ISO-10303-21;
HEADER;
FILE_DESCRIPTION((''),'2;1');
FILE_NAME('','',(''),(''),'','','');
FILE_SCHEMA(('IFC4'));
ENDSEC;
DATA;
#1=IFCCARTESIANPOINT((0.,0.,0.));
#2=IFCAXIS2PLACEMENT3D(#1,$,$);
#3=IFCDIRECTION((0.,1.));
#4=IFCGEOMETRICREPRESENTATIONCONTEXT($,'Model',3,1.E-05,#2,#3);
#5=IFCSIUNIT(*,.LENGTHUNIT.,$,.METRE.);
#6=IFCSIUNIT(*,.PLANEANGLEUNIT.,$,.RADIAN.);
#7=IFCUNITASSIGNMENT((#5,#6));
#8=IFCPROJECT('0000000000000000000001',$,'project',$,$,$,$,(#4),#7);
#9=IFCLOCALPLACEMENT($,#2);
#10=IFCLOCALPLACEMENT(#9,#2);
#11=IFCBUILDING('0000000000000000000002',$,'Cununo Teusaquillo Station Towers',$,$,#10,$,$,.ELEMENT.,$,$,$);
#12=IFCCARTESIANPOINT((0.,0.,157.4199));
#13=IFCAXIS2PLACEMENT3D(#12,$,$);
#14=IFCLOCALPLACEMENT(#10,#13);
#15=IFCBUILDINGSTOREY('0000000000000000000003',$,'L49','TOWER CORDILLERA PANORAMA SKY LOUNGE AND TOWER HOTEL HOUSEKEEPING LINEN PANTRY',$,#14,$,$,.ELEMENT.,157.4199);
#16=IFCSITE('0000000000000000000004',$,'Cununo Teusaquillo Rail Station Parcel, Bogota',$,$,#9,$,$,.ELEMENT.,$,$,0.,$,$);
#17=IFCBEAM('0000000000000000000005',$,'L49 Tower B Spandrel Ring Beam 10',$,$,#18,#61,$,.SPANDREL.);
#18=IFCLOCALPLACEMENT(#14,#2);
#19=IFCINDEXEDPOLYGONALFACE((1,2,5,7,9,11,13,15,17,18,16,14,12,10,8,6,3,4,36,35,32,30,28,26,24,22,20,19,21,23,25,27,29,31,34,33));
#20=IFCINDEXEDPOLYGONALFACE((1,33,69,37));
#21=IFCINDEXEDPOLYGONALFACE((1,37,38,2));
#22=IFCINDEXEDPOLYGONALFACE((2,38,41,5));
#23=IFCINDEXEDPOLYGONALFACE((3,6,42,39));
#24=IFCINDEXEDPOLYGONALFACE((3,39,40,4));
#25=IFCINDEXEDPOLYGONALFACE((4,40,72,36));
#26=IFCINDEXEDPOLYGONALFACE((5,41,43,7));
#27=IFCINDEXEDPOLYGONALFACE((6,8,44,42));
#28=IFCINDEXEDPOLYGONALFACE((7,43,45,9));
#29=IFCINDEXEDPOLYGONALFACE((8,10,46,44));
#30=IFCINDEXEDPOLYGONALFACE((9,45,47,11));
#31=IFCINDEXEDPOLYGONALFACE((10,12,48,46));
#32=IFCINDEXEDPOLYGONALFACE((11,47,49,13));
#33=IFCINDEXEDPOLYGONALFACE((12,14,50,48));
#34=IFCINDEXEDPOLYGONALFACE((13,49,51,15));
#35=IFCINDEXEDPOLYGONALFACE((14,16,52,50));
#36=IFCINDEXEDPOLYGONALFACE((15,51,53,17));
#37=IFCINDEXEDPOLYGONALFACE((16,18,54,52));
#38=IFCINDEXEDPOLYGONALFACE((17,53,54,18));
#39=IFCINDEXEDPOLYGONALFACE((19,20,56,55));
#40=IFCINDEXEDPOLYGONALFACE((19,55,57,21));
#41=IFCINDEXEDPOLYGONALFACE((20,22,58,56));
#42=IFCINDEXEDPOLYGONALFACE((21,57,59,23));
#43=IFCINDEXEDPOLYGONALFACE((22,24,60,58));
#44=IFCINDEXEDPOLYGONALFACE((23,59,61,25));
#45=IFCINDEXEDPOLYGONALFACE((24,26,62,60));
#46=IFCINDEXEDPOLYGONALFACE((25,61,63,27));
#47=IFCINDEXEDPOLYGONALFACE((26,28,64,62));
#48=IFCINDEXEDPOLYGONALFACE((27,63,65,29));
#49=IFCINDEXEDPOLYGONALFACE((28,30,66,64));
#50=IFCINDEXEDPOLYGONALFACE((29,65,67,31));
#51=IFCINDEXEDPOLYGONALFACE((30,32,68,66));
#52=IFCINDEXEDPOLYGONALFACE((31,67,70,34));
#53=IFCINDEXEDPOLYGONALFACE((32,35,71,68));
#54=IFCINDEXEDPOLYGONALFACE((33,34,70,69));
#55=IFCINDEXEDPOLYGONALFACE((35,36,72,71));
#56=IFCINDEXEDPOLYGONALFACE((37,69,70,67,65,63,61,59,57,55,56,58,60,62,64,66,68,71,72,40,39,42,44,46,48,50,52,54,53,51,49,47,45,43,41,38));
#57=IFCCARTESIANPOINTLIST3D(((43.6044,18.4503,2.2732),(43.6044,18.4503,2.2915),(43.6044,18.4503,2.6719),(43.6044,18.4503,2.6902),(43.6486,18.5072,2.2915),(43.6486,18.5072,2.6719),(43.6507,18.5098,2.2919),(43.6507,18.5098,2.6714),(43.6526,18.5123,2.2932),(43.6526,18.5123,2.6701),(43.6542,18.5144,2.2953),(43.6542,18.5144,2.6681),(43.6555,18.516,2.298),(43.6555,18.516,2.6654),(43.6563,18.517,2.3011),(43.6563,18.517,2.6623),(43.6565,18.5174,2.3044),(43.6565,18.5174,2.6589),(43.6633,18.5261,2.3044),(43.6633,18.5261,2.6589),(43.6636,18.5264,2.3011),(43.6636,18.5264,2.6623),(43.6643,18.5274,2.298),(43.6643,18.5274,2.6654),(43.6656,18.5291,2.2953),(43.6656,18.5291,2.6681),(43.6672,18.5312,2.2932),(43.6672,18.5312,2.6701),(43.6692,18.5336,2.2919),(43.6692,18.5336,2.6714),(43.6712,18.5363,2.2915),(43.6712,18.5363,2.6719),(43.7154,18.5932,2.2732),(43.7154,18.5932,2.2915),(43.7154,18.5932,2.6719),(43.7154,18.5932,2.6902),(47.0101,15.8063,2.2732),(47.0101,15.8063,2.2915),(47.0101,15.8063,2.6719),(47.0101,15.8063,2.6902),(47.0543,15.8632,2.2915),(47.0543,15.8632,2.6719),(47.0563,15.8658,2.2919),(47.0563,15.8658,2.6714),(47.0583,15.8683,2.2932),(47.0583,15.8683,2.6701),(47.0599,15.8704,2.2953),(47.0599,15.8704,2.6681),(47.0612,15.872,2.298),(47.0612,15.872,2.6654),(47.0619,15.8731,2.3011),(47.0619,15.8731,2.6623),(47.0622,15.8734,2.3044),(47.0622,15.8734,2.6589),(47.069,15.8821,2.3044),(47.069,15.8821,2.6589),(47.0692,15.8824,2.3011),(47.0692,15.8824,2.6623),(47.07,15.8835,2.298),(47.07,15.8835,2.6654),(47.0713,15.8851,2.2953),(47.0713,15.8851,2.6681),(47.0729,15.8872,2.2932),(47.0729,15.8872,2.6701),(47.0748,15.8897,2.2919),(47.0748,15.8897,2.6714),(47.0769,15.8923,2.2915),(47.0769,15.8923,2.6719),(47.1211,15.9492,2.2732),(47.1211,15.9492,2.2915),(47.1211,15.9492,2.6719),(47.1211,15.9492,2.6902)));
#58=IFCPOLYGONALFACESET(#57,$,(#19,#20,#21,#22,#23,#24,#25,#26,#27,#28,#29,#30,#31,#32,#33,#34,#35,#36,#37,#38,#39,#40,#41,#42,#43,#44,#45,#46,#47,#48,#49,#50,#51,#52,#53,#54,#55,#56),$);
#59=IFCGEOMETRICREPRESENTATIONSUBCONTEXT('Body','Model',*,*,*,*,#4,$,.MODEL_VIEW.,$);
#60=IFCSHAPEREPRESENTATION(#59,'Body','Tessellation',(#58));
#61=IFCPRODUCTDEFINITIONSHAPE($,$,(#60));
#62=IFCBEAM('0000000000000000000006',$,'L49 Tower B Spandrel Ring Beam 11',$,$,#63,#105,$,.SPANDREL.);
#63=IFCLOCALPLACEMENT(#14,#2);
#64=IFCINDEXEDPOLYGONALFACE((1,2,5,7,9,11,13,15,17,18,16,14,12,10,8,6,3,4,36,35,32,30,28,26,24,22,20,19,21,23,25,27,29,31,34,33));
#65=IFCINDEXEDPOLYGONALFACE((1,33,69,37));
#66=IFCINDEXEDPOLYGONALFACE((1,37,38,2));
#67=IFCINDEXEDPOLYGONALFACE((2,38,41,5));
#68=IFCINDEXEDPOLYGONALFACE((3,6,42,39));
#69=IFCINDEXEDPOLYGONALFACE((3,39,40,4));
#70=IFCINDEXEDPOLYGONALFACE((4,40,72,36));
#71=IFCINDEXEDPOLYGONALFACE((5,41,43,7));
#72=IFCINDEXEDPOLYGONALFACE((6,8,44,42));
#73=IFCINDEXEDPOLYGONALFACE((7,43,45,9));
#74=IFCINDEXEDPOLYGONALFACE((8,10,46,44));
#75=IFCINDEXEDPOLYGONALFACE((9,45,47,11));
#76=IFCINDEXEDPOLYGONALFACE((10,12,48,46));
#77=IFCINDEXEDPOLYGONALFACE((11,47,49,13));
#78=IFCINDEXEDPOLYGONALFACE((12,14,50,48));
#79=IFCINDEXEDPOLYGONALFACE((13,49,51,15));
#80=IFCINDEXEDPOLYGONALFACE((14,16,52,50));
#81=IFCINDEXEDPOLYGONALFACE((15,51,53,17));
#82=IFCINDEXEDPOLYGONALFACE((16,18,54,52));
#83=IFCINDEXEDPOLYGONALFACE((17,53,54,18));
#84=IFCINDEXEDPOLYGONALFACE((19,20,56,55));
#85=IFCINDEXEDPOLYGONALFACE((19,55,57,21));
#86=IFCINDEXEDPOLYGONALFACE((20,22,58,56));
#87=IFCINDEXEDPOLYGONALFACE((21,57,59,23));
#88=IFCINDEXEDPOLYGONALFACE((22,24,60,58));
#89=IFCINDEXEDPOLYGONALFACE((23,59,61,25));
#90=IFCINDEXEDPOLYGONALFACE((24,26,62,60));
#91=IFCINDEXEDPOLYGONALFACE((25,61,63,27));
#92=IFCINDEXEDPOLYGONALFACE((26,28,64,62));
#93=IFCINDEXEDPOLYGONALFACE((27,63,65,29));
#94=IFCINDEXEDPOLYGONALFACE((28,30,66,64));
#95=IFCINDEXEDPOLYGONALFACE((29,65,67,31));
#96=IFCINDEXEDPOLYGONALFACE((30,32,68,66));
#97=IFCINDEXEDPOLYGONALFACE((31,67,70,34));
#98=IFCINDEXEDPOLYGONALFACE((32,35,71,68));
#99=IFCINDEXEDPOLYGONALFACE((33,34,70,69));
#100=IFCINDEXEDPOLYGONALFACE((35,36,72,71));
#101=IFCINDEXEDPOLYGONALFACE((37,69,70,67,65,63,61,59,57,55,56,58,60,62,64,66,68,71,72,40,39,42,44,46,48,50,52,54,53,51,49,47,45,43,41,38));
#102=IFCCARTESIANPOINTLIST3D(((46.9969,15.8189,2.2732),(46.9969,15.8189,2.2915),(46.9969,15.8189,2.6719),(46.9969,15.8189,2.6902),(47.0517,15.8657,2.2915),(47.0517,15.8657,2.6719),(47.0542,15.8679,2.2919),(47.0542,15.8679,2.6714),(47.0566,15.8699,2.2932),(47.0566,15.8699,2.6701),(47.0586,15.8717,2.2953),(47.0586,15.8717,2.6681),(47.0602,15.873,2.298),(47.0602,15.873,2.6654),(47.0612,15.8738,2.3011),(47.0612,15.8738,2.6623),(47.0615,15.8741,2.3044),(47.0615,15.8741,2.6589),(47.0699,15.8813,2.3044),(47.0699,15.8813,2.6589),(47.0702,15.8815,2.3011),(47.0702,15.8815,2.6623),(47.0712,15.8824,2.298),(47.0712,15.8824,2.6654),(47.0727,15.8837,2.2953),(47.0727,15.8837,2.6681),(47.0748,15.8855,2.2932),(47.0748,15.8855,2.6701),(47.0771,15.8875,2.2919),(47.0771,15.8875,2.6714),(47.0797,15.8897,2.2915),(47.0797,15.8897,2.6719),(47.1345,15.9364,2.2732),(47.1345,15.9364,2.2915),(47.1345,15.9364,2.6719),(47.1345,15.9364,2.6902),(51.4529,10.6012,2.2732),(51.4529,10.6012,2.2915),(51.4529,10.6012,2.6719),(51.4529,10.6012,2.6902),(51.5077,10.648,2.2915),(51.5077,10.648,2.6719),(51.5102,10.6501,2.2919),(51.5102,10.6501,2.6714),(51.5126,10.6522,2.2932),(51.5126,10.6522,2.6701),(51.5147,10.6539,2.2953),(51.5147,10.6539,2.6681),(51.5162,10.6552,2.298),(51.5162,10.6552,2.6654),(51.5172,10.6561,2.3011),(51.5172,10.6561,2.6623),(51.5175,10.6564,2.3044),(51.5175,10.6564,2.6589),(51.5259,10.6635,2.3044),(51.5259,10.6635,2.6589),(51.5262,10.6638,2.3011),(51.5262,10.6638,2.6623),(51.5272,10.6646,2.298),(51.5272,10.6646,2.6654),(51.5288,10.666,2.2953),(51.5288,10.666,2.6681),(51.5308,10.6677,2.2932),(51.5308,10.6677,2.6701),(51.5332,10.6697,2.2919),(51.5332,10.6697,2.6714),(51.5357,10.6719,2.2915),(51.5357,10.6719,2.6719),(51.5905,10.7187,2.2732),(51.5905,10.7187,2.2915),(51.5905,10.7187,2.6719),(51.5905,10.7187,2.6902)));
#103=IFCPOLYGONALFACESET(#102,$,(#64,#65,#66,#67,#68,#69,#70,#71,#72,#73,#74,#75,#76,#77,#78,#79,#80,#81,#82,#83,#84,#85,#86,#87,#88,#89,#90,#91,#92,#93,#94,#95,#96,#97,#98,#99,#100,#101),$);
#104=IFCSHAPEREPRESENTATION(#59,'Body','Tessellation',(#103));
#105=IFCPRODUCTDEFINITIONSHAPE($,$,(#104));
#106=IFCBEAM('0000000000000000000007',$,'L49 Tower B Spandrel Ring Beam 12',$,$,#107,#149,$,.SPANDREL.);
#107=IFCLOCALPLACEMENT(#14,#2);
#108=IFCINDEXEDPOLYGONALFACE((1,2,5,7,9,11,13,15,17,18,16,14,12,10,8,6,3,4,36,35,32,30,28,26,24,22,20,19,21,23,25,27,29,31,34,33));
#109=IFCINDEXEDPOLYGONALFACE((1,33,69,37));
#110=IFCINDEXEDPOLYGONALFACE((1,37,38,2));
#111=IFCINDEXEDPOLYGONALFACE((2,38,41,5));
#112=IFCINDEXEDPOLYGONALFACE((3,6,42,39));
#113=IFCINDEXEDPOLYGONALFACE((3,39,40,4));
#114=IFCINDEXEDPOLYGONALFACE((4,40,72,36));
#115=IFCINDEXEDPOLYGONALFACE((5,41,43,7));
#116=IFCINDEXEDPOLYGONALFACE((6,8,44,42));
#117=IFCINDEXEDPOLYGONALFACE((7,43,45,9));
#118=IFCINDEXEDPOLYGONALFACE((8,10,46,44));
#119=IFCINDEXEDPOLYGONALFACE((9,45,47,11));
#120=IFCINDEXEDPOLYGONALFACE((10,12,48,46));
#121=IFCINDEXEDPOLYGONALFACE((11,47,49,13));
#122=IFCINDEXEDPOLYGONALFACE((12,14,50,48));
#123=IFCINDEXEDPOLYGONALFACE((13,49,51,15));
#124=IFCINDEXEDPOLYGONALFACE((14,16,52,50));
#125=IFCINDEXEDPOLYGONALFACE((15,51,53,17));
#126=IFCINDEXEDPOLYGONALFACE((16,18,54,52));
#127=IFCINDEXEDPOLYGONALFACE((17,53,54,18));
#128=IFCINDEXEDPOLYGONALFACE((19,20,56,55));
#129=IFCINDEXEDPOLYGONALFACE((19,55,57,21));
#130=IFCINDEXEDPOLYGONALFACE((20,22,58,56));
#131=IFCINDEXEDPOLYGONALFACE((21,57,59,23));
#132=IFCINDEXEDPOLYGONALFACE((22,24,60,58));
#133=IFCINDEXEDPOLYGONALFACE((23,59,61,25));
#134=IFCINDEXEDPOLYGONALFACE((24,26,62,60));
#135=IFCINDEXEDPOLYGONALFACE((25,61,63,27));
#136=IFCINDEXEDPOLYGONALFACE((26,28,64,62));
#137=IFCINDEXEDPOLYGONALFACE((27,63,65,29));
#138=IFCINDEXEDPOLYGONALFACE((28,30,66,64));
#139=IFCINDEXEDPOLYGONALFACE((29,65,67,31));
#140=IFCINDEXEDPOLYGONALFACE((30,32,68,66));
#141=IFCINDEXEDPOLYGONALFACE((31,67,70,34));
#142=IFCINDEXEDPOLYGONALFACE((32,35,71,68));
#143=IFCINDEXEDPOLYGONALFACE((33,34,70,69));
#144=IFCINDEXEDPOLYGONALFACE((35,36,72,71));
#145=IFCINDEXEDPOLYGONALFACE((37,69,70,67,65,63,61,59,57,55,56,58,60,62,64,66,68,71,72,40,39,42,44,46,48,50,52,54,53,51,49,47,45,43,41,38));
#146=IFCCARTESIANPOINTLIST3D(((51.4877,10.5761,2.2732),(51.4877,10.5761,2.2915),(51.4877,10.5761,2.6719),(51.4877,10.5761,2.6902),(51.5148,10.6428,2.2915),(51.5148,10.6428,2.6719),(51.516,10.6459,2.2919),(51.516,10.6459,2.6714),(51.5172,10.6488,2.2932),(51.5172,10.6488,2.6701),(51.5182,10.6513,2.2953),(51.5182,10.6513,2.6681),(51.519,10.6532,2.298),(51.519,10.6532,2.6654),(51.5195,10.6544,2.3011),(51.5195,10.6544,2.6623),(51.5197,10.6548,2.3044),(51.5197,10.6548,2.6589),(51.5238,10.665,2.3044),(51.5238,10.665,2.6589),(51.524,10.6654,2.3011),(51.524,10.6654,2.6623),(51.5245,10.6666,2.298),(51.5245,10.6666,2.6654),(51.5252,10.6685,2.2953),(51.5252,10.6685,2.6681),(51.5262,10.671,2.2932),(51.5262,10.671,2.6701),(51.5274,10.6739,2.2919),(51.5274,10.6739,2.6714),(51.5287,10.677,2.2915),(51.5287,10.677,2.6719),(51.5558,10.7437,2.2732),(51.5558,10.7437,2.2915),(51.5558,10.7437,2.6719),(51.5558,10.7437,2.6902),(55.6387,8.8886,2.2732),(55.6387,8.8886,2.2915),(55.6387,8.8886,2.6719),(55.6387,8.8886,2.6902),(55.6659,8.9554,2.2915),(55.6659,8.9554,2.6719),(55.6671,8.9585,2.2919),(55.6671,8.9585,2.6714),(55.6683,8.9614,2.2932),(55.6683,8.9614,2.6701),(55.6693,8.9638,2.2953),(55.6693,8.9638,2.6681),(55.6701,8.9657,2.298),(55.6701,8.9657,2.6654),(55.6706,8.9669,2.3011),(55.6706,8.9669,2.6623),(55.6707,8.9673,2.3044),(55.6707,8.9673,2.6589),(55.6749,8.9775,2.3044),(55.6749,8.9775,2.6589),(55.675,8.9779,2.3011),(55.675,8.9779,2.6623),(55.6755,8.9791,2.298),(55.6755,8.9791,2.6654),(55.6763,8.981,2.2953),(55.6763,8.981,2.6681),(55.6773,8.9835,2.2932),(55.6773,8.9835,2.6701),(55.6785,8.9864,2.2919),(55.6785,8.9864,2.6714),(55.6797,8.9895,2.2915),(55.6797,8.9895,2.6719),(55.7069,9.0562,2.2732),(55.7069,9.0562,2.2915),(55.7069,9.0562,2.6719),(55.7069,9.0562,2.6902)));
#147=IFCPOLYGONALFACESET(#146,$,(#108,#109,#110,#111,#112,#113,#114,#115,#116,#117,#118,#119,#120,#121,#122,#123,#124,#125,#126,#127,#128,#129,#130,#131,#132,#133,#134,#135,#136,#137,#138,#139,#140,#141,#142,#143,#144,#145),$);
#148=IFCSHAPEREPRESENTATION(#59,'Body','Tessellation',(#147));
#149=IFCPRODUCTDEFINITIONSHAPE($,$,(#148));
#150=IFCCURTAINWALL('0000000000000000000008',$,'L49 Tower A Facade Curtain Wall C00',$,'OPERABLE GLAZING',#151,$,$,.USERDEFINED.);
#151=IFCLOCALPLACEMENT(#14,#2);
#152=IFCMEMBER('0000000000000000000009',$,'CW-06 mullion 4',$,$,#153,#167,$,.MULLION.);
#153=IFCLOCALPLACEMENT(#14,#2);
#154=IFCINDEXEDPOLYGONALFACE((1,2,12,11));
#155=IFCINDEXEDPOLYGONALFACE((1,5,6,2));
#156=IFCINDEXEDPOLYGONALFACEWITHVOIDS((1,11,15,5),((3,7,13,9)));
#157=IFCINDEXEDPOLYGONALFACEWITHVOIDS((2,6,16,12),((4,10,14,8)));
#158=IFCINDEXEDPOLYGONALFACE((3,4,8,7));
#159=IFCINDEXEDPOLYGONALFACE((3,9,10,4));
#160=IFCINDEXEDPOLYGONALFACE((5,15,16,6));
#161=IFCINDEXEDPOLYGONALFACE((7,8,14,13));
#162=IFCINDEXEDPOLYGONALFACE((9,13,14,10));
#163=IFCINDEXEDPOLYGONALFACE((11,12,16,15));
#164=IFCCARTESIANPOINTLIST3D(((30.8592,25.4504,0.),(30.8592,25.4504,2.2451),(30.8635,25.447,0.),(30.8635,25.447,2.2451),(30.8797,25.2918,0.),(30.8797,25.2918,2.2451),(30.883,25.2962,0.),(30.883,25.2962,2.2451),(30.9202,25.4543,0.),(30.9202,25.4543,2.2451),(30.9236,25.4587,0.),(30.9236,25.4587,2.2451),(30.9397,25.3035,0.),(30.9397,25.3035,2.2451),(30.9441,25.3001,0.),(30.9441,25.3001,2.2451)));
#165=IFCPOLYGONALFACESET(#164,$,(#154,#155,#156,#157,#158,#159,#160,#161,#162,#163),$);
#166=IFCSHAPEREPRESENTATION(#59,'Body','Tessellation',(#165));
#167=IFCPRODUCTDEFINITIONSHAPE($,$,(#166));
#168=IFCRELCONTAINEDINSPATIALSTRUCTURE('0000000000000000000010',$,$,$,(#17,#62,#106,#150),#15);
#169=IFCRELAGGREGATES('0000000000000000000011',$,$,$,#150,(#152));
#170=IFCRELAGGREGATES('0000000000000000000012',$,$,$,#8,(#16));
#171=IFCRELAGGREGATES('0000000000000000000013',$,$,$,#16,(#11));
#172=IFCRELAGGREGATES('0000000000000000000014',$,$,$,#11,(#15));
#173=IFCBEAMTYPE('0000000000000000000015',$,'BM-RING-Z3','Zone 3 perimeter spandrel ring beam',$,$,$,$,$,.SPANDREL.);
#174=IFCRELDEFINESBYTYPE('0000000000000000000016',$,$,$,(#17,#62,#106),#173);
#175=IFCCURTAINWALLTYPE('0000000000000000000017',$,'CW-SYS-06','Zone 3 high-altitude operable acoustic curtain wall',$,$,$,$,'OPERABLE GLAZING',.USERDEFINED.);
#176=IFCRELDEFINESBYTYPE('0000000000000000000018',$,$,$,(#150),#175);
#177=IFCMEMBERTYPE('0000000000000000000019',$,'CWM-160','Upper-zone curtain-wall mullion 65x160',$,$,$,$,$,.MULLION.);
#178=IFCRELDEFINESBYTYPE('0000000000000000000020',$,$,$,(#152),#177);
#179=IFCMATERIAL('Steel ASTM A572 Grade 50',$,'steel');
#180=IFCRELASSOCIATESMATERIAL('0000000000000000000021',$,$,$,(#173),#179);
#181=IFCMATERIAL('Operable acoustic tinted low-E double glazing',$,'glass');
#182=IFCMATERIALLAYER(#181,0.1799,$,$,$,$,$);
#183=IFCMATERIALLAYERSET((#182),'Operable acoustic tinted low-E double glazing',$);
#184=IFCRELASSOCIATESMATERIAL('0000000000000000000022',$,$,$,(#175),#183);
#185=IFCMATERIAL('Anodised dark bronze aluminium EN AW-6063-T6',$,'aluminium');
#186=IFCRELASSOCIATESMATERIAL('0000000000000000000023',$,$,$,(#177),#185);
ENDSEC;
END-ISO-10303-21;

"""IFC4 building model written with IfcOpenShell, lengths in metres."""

from ifc_helpers import new_model, si_unit, direction, frame, origin, origin_2d, place, context, subcontext, project, spatial, hollow_rectangle, i_section, extrude, material, layer, layer_set, material_profile, profile_set, type_object, element, aggregate, save


model = new_model("IFC4")

# Units and contexts
model_context = context("Model", 3, precision=1e-05, world=origin(), true_north=direction((0.0, 1.0)))
body_context = subcontext(model_context, "Body", "Model", "MODEL_VIEW")
ifc_project = project(units=[si_unit("LENGTHUNIT", "METRE"), si_unit("PLANEANGLEUNIT", "RADIAN")], contexts=[model_context])

# Site, building, storey
site_placement = place(None, origin())
site = spatial("IfcSite", under=ifc_project, at=site_placement, Name="Cununo Teusaquillo Rail Station Parcel, Bogota", CompositionType="ELEMENT", RefElevation=0.0)
building_placement = place(site_placement, origin())
building = spatial("IfcBuilding", under=site, at=building_placement, Name="Cununo Teusaquillo Station Towers", CompositionType="ELEMENT")
storey_placement = place(building_placement, frame((0.0, 0.0, 157.4199)))
storey = spatial("IfcBuildingStorey", under=building, at=storey_placement, Name="L49", Description="TOWER CORDILLERA PANORAMA SKY LOUNGE AND TOWER HOTEL HOUSEKEEPING LINEN PANTRY", CompositionType="ELEMENT", Elevation=157.4199)

# Beams
ifc_material_1 = material(Name="Steel ASTM A572 Grade 50", Category="steel")
ifc_material_profile_1 = material_profile(ifc_material_1, i_section(OverallWidth=0.1809, OverallDepth=0.417, WebThickness=0.011, FlangeThickness=0.0183, FilletRadius=0.0129, at=origin_2d()), Name="W16X57")
ifc_profile_set_1 = profile_set([ifc_material_profile_1], Name="Steel ASTM A572 Grade 50")
beam_type_1 = type_object("IfcBeamType", Name="BM-RING-Z3", Description="Zone 3 perimeter spandrel ring beam", PredefinedType="SPANDREL", material=ifc_profile_set_1)
beam_1_placement = place(storey_placement, frame((43.6599, 18.5217, 2.4817), z_axis=(0.789901, -0.613235, 0.0), x_axis=(0.613235, 0.789901, 0.0)))
element("IfcBeam", 1, at=beam_1_placement, inside=storey, type_object=beam_type_1, Name="L49 Tower B Spandrel Ring Beam 10", PredefinedType="SPANDREL", context=body_context, shape_type="SweptSolid", body=[
    extrude(i_section(OverallWidth=0.1809, OverallDepth=0.417, WebThickness=0.011, FlangeThickness=0.0183, FilletRadius=0.0129, at=origin_2d()), origin(), (0.0, 0.0, 1.0), 4.3115),
])
beam_2_placement = place(storey_placement, frame((47.0657, 15.8777, 2.4817), z_axis=(0.649419, -0.760431, 0.0), x_axis=(0.760431, 0.649419, 0.0)))
element("IfcBeam", 2, at=beam_2_placement, inside=storey, type_object=beam_type_1, Name="L49 Tower B Spandrel Ring Beam 11", PredefinedType="SPANDREL", context=body_context, shape_type="SweptSolid", body=[
    extrude(i_section(OverallWidth=0.1809, OverallDepth=0.417, WebThickness=0.011, FlangeThickness=0.0183, FilletRadius=0.0129, at=origin_2d()), origin(), (0.0, 0.0, 1.0), 6.8616),
])
beam_3_placement = place(storey_placement, frame((51.5217, 10.6599, 2.4817), z_axis=(0.92638, -0.376589, 0.0), x_axis=(0.376589, 0.92638, 0.0)))
element("IfcBeam", 3, at=beam_3_placement, inside=storey, type_object=beam_type_1, Name="L49 Tower B Spandrel Ring Beam 12", PredefinedType="SPANDREL", context=body_context, shape_type="SweptSolid", body=[
    extrude(i_section(OverallWidth=0.1809, OverallDepth=0.417, WebThickness=0.011, FlangeThickness=0.0183, FilletRadius=0.0129, at=origin_2d()), origin(), (0.0, 0.0, 1.0), 4.481),
])

# Curtain wall, member
ifc_material_2 = material(Name="Operable acoustic tinted low-E double glazing", Category="glass")
ifc_layer_1 = layer(ifc_material_2, 0.1799)
ifc_layer_set_1 = layer_set([ifc_layer_1], Name="Operable acoustic tinted low-E double glazing")
curtain_wall_type = type_object("IfcCurtainWallType", Name="CW-SYS-06", Description="Zone 3 high-altitude operable acoustic curtain wall", ElementType="OPERABLE GLAZING", PredefinedType="USERDEFINED", material=ifc_layer_set_1)
curtain_wall_placement = place(storey_placement, origin())
curtain_wall = element("IfcCurtainWall", 4, at=curtain_wall_placement, inside=storey, type_object=curtain_wall_type, Name="L49 Tower A Facade Curtain Wall C00", ObjectType="OPERABLE GLAZING", PredefinedType="USERDEFINED")
ifc_material_3 = material(Name="Anodised dark bronze aluminium EN AW-6063-T6", Category="aluminium")
ifc_material_profile_2 = material_profile(ifc_material_3, hollow_rectangle(XDim=0.0649, YDim=0.1599, WallThickness=0.0039, at=origin_2d()), Name="CW-MULL-65x160")
ifc_profile_set_2 = profile_set([ifc_material_profile_2], Name="Anodised dark bronze aluminium EN AW-6063-T6")
member_type_1 = type_object("IfcMemberType", Name="CWM-160", Description="Upper-zone curtain-wall mullion 65x160", PredefinedType="MULLION", material=ifc_profile_set_2)
member_1_placement = place(storey_placement, frame((30.9016, 25.3752, 0.0), z_axis=(0.0, 0.0, 1.0), x_axis=(0.991736, 0.128293, 0.0)))
member_1 = element("IfcMember", 5, at=member_1_placement, type_object=member_type_1, Name="CW-06 mullion 4", PredefinedType="MULLION", context=body_context, shape_type="SweptSolid", body=[
    extrude(hollow_rectangle(XDim=0.0649, YDim=0.1599, WallThickness=0.0039, at=origin_2d()), origin(), (0.0, 0.0, 1.0), 2.2451),
])
aggregate(curtain_wall, [member_1])

save(model, "model.ifc")
